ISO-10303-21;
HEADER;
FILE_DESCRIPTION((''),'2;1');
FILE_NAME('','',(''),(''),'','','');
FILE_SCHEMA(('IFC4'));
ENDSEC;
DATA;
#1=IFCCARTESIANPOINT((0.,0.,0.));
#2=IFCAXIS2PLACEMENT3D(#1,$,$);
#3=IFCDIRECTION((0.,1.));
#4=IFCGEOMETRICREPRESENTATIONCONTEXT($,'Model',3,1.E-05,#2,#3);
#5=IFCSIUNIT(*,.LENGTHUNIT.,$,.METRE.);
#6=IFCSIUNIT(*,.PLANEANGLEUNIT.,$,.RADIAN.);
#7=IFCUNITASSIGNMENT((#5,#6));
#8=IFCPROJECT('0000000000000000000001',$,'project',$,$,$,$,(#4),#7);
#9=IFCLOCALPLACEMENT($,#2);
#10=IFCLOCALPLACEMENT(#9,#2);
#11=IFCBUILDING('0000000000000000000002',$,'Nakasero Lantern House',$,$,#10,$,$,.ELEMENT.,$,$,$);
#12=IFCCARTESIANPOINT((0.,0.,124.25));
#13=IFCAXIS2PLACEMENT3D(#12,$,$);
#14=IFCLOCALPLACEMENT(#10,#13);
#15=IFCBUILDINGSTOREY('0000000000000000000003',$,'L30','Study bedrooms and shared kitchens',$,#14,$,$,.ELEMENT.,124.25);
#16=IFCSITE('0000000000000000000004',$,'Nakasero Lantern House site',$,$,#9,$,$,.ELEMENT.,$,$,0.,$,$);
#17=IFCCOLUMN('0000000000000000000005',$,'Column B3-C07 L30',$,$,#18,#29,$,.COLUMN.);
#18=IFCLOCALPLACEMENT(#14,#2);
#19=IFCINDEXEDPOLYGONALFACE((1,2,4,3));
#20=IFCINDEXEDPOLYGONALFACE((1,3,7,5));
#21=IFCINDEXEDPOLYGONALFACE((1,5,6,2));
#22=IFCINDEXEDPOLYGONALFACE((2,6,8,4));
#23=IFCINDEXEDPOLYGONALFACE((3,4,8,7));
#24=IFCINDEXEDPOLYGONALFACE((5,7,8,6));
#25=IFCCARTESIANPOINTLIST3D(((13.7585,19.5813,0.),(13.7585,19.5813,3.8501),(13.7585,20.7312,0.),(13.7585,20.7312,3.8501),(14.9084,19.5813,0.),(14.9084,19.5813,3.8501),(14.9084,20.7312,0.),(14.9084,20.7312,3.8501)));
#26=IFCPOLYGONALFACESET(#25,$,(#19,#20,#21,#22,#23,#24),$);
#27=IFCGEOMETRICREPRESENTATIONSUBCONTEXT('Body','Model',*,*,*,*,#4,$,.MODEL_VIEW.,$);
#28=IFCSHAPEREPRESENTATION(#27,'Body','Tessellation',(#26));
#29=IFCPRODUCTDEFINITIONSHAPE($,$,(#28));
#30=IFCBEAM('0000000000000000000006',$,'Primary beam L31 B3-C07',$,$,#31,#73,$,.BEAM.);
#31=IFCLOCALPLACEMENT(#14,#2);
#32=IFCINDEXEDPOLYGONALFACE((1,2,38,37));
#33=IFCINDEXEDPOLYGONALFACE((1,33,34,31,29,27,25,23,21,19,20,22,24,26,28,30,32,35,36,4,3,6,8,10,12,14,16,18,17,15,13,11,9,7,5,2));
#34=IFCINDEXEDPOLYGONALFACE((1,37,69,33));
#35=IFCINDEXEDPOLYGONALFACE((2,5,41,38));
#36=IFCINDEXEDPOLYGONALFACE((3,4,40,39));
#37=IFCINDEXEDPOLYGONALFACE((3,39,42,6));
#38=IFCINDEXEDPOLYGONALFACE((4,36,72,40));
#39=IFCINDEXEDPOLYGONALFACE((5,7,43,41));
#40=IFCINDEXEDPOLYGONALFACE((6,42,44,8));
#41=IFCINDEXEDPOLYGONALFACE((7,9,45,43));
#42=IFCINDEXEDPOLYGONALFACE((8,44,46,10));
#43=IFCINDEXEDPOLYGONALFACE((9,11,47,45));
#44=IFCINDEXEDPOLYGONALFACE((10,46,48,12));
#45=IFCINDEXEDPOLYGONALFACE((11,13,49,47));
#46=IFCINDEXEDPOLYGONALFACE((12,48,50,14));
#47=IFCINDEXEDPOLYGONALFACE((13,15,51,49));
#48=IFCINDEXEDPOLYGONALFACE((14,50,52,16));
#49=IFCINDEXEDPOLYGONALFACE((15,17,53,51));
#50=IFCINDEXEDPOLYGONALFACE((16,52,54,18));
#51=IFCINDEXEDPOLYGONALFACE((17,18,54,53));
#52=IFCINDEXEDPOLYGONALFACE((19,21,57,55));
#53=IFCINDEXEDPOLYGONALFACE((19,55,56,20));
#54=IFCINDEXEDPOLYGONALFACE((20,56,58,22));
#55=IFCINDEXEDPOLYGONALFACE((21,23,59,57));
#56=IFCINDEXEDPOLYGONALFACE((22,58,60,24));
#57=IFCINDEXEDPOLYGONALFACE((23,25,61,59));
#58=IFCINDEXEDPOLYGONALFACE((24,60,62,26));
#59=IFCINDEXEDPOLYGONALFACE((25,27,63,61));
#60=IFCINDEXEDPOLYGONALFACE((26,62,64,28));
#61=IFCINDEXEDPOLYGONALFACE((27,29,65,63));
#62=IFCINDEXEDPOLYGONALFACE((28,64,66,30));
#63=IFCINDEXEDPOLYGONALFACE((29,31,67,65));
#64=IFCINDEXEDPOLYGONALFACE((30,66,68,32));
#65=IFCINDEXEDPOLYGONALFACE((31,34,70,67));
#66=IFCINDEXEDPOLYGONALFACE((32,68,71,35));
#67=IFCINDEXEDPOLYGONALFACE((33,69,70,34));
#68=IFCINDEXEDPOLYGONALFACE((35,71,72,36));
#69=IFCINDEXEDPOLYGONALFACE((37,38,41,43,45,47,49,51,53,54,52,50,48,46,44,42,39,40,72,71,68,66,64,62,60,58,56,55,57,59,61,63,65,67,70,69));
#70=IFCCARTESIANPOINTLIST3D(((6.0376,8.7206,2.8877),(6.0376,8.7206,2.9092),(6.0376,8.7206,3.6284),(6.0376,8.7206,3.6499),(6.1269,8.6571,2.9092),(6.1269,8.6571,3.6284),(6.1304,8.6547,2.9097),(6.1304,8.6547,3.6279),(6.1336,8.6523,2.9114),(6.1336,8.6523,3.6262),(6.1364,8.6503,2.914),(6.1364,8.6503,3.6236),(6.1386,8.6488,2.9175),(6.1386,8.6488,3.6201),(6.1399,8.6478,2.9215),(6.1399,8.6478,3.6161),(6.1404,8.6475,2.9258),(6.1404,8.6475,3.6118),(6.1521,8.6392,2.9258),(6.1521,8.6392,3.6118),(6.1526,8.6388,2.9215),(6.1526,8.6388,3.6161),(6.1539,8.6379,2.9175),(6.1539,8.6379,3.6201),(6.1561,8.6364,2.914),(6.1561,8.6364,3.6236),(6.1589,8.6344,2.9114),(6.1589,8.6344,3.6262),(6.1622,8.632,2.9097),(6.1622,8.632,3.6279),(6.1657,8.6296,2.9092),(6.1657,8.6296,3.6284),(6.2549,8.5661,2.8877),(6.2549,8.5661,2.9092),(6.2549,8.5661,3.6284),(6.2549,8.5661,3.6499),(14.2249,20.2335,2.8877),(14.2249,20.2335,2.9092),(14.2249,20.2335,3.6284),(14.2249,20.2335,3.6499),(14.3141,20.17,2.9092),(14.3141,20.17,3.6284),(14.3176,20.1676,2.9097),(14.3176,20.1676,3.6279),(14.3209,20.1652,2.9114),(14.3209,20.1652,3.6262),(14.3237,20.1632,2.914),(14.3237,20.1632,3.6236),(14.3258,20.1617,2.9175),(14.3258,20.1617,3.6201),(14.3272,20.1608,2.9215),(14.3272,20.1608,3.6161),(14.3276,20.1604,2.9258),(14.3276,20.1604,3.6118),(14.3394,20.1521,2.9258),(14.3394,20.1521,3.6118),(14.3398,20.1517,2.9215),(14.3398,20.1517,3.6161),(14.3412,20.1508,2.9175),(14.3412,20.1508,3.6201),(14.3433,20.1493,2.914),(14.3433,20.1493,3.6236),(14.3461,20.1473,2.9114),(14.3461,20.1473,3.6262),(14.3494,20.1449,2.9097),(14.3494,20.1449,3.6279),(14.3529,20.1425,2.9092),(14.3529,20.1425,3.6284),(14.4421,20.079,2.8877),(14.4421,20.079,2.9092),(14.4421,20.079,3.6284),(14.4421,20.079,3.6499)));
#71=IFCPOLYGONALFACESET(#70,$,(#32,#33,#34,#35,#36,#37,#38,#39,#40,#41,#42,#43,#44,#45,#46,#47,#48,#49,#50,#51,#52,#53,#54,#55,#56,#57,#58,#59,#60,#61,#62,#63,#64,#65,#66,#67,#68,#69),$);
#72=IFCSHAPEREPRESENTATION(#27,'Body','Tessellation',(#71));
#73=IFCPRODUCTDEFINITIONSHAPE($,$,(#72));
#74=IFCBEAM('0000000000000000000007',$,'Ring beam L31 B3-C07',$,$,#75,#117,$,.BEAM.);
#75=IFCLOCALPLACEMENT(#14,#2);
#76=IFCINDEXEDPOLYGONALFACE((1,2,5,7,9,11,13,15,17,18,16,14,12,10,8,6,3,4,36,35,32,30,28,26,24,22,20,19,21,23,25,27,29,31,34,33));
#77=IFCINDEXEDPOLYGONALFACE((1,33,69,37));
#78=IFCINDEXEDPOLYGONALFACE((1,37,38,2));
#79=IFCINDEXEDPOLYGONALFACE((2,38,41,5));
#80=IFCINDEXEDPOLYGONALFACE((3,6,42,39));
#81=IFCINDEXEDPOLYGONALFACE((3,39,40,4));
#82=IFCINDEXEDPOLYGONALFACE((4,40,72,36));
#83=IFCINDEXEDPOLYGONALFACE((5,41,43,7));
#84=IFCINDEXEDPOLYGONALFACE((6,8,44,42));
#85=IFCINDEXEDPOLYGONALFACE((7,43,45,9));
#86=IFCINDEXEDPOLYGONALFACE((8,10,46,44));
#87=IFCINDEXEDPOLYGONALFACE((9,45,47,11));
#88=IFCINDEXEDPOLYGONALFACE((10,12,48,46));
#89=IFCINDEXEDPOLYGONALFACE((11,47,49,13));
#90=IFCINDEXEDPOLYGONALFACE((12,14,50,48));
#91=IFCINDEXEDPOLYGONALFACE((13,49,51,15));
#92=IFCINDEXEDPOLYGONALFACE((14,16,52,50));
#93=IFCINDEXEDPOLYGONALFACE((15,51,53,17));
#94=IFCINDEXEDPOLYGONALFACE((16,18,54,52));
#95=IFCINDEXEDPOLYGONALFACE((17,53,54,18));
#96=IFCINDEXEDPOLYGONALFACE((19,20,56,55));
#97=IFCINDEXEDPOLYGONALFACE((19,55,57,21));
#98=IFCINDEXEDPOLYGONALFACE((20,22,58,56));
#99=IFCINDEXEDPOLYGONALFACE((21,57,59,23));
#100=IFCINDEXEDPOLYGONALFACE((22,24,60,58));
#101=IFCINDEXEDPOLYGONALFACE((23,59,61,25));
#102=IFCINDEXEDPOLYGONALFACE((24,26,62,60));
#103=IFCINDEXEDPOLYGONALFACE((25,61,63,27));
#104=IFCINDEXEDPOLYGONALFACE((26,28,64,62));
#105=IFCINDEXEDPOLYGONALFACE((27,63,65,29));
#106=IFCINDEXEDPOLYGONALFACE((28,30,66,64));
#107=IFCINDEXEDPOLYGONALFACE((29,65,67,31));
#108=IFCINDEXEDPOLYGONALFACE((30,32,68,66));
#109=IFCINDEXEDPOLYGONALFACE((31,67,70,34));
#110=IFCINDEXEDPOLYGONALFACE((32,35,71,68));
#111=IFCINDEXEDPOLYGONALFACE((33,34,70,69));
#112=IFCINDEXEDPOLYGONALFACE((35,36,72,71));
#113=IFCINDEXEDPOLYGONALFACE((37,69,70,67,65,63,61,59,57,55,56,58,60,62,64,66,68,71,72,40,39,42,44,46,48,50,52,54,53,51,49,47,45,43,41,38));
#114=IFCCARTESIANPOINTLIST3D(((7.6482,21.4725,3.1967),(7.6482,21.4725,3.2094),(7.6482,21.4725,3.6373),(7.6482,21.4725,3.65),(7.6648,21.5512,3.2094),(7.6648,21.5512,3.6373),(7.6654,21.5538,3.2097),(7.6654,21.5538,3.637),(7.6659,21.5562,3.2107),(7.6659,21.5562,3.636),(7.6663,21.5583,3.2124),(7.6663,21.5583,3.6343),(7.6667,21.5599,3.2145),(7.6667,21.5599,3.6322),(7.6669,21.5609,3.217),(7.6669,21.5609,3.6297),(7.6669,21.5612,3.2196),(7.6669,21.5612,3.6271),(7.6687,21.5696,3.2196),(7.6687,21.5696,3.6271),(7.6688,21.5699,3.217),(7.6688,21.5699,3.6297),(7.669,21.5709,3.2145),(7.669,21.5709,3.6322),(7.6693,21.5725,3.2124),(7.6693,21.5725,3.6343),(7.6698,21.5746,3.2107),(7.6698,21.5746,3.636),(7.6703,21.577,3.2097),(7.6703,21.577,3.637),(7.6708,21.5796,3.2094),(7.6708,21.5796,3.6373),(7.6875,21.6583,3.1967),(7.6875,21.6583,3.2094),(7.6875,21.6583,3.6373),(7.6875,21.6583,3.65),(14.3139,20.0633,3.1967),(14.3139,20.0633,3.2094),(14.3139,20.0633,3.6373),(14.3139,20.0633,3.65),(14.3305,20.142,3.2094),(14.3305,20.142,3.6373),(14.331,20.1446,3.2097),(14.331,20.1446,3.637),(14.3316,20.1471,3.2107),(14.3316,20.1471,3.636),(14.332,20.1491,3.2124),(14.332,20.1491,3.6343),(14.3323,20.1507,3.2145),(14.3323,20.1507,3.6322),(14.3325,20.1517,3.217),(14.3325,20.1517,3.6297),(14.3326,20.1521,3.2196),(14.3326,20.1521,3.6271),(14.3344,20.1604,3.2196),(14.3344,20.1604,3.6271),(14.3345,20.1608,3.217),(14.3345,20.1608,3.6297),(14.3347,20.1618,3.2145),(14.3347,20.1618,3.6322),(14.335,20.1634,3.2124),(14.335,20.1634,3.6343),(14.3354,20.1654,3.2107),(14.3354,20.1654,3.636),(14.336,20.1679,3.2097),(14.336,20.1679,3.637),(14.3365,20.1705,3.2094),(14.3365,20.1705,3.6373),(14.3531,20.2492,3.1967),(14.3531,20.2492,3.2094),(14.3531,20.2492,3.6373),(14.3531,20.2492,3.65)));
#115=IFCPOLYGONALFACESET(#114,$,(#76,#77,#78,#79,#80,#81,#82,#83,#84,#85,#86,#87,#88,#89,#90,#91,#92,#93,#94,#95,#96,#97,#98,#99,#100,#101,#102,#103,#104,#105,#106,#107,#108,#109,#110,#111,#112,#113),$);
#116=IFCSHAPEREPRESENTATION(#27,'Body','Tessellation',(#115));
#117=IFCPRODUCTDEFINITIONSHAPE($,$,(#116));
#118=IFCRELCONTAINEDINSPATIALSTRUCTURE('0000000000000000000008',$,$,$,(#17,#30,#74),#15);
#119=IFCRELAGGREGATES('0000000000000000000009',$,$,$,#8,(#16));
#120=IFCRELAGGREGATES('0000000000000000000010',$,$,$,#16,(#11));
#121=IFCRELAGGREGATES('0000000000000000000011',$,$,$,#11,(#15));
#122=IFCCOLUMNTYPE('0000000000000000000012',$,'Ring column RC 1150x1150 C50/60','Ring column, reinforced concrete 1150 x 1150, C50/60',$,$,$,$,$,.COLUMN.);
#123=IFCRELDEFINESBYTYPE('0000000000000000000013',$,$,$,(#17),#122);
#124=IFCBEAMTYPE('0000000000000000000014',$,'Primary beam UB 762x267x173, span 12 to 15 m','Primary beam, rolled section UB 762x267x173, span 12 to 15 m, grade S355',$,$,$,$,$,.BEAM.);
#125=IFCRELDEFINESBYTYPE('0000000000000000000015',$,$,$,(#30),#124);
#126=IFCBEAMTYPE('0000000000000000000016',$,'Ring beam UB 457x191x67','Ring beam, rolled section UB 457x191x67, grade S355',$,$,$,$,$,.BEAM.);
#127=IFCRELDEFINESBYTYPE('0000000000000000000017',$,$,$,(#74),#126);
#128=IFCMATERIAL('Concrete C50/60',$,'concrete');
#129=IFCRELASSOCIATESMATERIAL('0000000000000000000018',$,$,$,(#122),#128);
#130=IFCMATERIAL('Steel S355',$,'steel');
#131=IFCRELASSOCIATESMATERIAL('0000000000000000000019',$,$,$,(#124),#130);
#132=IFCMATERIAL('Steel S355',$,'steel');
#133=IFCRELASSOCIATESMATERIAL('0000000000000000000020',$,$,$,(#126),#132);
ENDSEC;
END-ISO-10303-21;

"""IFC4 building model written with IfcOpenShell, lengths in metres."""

from ifc_helpers import new_model, si_unit, direction, frame, origin, origin_2d, place, context, subcontext, project, spatial, rectangle, i_section, extrude, material, material_profile, profile_set, type_object, element, save


model = new_model("IFC4")

# Units and contexts
model_context = context("Model", 3, precision=1e-05, world=origin(), true_north=direction((0.0, 1.0)))
body_context = subcontext(model_context, "Body", "Model", "MODEL_VIEW")
ifc_project = project(units=[si_unit("LENGTHUNIT", "METRE"), si_unit("PLANEANGLEUNIT", "RADIAN")], contexts=[model_context])

# Site, building, storey
site_placement = place(None, origin())
site = spatial("IfcSite", under=ifc_project, at=site_placement, Name="Nakasero Lantern House site", CompositionType="ELEMENT", RefElevation=0.0)
building_placement = place(site_placement, origin())
building = spatial("IfcBuilding", under=site, at=building_placement, Name="Nakasero Lantern House", CompositionType="ELEMENT")
storey_placement = place(building_placement, frame((0.0, 0.0, 124.25)))
storey = spatial("IfcBuildingStorey", under=building, at=storey_placement, Name="L30", Description="Study bedrooms and shared kitchens", CompositionType="ELEMENT", Elevation=124.25)

# Column
ifc_material_1 = material(Name="Concrete C50/60", Category="concrete")
ifc_material_profile_1 = material_profile(ifc_material_1, rectangle(XDim=1.1499, YDim=1.1499, at=origin_2d()), Name="RC 1150x1150")
ifc_profile_set_1 = profile_set([ifc_material_profile_1], Name="Concrete C50/60")
column_type = type_object("IfcColumnType", Name="Ring column RC 1150x1150 C50/60", Description="Ring column, reinforced concrete 1150 x 1150, C50/60", PredefinedType="COLUMN", material=ifc_profile_set_1)
column_placement = place(storey_placement, frame((14.3335, 20.1562, 0.0), z_axis=(0.0, 0.0, 1.0), x_axis=(1.0, 0.0, 0.0)))
element("IfcColumn", 1, at=column_placement, inside=storey, type_object=column_type, Name="Column B3-C07 L30", PredefinedType="COLUMN", context=body_context, shape_type="SweptSolid", body=[
    extrude(rectangle(XDim=1.1499, YDim=1.1499, at=origin_2d()), origin(), (0.0, 0.0, 1.0), 3.8501),
])

# Beams
ifc_material_2 = material(Name="Steel S355", Category="steel")
ifc_material_profile_2 = material_profile(ifc_material_2, i_section(OverallWidth=0.2666, OverallDepth=0.7622, WebThickness=0.0144, FlangeThickness=0.0215, FilletRadius=0.0166, at=origin_2d()), Name="UB 762x267x173")
ifc_profile_set_2 = profile_set([ifc_material_profile_2], Name="Steel S355")
beam_type_1 = type_object("IfcBeamType", Name="Primary beam UB 762x267x173, span 12 to 15 m", Description="Primary beam, rolled section UB 762x267x173, span 12 to 15 m, grade S355", PredefinedType="BEAM", material=ifc_profile_set_2)
beam_1_placement = place(storey_placement, frame((14.3335, 20.1562, 3.2688), z_axis=(-0.579537, -0.814946, 0.0), x_axis=(0.814946, -0.579537, 0.0)))
element("IfcBeam", 2, at=beam_1_placement, inside=storey, type_object=beam_type_1, Name="Primary beam L31 B3-C07", PredefinedType="BEAM", context=body_context, shape_type="SweptSolid", body=[
    extrude(i_section(OverallWidth=0.2666, OverallDepth=0.7622, WebThickness=0.0144, FlangeThickness=0.0215, FilletRadius=0.0166, at=origin_2d()), origin(), (0.0, 0.0, 1.0), 14.1272),
])
ifc_material_3 = material(Name="Steel S355", Category="steel")
ifc_material_profile_3 = material_profile(ifc_material_3, i_section(OverallWidth=0.1899, OverallDepth=0.4534, WebThickness=0.0085, FlangeThickness=0.0127, FilletRadius=0.0103, at=origin_2d()), Name="UB 457x191x67")
ifc_profile_set_3 = profile_set([ifc_material_profile_3], Name="Steel S355")
beam_type_2 = type_object("IfcBeamType", Name="Ring beam UB 457x191x67", Description="Ring beam, rolled section UB 457x191x67, grade S355", PredefinedType="BEAM", material=ifc_profile_set_3)
beam_2_placement = place(storey_placement, frame((14.3335, 20.1562, 3.4233), z_axis=(-0.978376, 0.206834, 0.0), x_axis=(-0.206834, -0.978376, 0.0)))
element("IfcBeam", 3, at=beam_2_placement, inside=storey, type_object=beam_type_2, Name="Ring beam L31 B3-C07", PredefinedType="BEAM", context=body_context, shape_type="SweptSolid", body=[
    extrude(i_section(OverallWidth=0.1899, OverallDepth=0.4534, WebThickness=0.0085, FlangeThickness=0.0127, FilletRadius=0.0103, at=origin_2d()), origin(), (0.0, 0.0, 1.0), 6.813),
])

save(model, "model.ifc")
